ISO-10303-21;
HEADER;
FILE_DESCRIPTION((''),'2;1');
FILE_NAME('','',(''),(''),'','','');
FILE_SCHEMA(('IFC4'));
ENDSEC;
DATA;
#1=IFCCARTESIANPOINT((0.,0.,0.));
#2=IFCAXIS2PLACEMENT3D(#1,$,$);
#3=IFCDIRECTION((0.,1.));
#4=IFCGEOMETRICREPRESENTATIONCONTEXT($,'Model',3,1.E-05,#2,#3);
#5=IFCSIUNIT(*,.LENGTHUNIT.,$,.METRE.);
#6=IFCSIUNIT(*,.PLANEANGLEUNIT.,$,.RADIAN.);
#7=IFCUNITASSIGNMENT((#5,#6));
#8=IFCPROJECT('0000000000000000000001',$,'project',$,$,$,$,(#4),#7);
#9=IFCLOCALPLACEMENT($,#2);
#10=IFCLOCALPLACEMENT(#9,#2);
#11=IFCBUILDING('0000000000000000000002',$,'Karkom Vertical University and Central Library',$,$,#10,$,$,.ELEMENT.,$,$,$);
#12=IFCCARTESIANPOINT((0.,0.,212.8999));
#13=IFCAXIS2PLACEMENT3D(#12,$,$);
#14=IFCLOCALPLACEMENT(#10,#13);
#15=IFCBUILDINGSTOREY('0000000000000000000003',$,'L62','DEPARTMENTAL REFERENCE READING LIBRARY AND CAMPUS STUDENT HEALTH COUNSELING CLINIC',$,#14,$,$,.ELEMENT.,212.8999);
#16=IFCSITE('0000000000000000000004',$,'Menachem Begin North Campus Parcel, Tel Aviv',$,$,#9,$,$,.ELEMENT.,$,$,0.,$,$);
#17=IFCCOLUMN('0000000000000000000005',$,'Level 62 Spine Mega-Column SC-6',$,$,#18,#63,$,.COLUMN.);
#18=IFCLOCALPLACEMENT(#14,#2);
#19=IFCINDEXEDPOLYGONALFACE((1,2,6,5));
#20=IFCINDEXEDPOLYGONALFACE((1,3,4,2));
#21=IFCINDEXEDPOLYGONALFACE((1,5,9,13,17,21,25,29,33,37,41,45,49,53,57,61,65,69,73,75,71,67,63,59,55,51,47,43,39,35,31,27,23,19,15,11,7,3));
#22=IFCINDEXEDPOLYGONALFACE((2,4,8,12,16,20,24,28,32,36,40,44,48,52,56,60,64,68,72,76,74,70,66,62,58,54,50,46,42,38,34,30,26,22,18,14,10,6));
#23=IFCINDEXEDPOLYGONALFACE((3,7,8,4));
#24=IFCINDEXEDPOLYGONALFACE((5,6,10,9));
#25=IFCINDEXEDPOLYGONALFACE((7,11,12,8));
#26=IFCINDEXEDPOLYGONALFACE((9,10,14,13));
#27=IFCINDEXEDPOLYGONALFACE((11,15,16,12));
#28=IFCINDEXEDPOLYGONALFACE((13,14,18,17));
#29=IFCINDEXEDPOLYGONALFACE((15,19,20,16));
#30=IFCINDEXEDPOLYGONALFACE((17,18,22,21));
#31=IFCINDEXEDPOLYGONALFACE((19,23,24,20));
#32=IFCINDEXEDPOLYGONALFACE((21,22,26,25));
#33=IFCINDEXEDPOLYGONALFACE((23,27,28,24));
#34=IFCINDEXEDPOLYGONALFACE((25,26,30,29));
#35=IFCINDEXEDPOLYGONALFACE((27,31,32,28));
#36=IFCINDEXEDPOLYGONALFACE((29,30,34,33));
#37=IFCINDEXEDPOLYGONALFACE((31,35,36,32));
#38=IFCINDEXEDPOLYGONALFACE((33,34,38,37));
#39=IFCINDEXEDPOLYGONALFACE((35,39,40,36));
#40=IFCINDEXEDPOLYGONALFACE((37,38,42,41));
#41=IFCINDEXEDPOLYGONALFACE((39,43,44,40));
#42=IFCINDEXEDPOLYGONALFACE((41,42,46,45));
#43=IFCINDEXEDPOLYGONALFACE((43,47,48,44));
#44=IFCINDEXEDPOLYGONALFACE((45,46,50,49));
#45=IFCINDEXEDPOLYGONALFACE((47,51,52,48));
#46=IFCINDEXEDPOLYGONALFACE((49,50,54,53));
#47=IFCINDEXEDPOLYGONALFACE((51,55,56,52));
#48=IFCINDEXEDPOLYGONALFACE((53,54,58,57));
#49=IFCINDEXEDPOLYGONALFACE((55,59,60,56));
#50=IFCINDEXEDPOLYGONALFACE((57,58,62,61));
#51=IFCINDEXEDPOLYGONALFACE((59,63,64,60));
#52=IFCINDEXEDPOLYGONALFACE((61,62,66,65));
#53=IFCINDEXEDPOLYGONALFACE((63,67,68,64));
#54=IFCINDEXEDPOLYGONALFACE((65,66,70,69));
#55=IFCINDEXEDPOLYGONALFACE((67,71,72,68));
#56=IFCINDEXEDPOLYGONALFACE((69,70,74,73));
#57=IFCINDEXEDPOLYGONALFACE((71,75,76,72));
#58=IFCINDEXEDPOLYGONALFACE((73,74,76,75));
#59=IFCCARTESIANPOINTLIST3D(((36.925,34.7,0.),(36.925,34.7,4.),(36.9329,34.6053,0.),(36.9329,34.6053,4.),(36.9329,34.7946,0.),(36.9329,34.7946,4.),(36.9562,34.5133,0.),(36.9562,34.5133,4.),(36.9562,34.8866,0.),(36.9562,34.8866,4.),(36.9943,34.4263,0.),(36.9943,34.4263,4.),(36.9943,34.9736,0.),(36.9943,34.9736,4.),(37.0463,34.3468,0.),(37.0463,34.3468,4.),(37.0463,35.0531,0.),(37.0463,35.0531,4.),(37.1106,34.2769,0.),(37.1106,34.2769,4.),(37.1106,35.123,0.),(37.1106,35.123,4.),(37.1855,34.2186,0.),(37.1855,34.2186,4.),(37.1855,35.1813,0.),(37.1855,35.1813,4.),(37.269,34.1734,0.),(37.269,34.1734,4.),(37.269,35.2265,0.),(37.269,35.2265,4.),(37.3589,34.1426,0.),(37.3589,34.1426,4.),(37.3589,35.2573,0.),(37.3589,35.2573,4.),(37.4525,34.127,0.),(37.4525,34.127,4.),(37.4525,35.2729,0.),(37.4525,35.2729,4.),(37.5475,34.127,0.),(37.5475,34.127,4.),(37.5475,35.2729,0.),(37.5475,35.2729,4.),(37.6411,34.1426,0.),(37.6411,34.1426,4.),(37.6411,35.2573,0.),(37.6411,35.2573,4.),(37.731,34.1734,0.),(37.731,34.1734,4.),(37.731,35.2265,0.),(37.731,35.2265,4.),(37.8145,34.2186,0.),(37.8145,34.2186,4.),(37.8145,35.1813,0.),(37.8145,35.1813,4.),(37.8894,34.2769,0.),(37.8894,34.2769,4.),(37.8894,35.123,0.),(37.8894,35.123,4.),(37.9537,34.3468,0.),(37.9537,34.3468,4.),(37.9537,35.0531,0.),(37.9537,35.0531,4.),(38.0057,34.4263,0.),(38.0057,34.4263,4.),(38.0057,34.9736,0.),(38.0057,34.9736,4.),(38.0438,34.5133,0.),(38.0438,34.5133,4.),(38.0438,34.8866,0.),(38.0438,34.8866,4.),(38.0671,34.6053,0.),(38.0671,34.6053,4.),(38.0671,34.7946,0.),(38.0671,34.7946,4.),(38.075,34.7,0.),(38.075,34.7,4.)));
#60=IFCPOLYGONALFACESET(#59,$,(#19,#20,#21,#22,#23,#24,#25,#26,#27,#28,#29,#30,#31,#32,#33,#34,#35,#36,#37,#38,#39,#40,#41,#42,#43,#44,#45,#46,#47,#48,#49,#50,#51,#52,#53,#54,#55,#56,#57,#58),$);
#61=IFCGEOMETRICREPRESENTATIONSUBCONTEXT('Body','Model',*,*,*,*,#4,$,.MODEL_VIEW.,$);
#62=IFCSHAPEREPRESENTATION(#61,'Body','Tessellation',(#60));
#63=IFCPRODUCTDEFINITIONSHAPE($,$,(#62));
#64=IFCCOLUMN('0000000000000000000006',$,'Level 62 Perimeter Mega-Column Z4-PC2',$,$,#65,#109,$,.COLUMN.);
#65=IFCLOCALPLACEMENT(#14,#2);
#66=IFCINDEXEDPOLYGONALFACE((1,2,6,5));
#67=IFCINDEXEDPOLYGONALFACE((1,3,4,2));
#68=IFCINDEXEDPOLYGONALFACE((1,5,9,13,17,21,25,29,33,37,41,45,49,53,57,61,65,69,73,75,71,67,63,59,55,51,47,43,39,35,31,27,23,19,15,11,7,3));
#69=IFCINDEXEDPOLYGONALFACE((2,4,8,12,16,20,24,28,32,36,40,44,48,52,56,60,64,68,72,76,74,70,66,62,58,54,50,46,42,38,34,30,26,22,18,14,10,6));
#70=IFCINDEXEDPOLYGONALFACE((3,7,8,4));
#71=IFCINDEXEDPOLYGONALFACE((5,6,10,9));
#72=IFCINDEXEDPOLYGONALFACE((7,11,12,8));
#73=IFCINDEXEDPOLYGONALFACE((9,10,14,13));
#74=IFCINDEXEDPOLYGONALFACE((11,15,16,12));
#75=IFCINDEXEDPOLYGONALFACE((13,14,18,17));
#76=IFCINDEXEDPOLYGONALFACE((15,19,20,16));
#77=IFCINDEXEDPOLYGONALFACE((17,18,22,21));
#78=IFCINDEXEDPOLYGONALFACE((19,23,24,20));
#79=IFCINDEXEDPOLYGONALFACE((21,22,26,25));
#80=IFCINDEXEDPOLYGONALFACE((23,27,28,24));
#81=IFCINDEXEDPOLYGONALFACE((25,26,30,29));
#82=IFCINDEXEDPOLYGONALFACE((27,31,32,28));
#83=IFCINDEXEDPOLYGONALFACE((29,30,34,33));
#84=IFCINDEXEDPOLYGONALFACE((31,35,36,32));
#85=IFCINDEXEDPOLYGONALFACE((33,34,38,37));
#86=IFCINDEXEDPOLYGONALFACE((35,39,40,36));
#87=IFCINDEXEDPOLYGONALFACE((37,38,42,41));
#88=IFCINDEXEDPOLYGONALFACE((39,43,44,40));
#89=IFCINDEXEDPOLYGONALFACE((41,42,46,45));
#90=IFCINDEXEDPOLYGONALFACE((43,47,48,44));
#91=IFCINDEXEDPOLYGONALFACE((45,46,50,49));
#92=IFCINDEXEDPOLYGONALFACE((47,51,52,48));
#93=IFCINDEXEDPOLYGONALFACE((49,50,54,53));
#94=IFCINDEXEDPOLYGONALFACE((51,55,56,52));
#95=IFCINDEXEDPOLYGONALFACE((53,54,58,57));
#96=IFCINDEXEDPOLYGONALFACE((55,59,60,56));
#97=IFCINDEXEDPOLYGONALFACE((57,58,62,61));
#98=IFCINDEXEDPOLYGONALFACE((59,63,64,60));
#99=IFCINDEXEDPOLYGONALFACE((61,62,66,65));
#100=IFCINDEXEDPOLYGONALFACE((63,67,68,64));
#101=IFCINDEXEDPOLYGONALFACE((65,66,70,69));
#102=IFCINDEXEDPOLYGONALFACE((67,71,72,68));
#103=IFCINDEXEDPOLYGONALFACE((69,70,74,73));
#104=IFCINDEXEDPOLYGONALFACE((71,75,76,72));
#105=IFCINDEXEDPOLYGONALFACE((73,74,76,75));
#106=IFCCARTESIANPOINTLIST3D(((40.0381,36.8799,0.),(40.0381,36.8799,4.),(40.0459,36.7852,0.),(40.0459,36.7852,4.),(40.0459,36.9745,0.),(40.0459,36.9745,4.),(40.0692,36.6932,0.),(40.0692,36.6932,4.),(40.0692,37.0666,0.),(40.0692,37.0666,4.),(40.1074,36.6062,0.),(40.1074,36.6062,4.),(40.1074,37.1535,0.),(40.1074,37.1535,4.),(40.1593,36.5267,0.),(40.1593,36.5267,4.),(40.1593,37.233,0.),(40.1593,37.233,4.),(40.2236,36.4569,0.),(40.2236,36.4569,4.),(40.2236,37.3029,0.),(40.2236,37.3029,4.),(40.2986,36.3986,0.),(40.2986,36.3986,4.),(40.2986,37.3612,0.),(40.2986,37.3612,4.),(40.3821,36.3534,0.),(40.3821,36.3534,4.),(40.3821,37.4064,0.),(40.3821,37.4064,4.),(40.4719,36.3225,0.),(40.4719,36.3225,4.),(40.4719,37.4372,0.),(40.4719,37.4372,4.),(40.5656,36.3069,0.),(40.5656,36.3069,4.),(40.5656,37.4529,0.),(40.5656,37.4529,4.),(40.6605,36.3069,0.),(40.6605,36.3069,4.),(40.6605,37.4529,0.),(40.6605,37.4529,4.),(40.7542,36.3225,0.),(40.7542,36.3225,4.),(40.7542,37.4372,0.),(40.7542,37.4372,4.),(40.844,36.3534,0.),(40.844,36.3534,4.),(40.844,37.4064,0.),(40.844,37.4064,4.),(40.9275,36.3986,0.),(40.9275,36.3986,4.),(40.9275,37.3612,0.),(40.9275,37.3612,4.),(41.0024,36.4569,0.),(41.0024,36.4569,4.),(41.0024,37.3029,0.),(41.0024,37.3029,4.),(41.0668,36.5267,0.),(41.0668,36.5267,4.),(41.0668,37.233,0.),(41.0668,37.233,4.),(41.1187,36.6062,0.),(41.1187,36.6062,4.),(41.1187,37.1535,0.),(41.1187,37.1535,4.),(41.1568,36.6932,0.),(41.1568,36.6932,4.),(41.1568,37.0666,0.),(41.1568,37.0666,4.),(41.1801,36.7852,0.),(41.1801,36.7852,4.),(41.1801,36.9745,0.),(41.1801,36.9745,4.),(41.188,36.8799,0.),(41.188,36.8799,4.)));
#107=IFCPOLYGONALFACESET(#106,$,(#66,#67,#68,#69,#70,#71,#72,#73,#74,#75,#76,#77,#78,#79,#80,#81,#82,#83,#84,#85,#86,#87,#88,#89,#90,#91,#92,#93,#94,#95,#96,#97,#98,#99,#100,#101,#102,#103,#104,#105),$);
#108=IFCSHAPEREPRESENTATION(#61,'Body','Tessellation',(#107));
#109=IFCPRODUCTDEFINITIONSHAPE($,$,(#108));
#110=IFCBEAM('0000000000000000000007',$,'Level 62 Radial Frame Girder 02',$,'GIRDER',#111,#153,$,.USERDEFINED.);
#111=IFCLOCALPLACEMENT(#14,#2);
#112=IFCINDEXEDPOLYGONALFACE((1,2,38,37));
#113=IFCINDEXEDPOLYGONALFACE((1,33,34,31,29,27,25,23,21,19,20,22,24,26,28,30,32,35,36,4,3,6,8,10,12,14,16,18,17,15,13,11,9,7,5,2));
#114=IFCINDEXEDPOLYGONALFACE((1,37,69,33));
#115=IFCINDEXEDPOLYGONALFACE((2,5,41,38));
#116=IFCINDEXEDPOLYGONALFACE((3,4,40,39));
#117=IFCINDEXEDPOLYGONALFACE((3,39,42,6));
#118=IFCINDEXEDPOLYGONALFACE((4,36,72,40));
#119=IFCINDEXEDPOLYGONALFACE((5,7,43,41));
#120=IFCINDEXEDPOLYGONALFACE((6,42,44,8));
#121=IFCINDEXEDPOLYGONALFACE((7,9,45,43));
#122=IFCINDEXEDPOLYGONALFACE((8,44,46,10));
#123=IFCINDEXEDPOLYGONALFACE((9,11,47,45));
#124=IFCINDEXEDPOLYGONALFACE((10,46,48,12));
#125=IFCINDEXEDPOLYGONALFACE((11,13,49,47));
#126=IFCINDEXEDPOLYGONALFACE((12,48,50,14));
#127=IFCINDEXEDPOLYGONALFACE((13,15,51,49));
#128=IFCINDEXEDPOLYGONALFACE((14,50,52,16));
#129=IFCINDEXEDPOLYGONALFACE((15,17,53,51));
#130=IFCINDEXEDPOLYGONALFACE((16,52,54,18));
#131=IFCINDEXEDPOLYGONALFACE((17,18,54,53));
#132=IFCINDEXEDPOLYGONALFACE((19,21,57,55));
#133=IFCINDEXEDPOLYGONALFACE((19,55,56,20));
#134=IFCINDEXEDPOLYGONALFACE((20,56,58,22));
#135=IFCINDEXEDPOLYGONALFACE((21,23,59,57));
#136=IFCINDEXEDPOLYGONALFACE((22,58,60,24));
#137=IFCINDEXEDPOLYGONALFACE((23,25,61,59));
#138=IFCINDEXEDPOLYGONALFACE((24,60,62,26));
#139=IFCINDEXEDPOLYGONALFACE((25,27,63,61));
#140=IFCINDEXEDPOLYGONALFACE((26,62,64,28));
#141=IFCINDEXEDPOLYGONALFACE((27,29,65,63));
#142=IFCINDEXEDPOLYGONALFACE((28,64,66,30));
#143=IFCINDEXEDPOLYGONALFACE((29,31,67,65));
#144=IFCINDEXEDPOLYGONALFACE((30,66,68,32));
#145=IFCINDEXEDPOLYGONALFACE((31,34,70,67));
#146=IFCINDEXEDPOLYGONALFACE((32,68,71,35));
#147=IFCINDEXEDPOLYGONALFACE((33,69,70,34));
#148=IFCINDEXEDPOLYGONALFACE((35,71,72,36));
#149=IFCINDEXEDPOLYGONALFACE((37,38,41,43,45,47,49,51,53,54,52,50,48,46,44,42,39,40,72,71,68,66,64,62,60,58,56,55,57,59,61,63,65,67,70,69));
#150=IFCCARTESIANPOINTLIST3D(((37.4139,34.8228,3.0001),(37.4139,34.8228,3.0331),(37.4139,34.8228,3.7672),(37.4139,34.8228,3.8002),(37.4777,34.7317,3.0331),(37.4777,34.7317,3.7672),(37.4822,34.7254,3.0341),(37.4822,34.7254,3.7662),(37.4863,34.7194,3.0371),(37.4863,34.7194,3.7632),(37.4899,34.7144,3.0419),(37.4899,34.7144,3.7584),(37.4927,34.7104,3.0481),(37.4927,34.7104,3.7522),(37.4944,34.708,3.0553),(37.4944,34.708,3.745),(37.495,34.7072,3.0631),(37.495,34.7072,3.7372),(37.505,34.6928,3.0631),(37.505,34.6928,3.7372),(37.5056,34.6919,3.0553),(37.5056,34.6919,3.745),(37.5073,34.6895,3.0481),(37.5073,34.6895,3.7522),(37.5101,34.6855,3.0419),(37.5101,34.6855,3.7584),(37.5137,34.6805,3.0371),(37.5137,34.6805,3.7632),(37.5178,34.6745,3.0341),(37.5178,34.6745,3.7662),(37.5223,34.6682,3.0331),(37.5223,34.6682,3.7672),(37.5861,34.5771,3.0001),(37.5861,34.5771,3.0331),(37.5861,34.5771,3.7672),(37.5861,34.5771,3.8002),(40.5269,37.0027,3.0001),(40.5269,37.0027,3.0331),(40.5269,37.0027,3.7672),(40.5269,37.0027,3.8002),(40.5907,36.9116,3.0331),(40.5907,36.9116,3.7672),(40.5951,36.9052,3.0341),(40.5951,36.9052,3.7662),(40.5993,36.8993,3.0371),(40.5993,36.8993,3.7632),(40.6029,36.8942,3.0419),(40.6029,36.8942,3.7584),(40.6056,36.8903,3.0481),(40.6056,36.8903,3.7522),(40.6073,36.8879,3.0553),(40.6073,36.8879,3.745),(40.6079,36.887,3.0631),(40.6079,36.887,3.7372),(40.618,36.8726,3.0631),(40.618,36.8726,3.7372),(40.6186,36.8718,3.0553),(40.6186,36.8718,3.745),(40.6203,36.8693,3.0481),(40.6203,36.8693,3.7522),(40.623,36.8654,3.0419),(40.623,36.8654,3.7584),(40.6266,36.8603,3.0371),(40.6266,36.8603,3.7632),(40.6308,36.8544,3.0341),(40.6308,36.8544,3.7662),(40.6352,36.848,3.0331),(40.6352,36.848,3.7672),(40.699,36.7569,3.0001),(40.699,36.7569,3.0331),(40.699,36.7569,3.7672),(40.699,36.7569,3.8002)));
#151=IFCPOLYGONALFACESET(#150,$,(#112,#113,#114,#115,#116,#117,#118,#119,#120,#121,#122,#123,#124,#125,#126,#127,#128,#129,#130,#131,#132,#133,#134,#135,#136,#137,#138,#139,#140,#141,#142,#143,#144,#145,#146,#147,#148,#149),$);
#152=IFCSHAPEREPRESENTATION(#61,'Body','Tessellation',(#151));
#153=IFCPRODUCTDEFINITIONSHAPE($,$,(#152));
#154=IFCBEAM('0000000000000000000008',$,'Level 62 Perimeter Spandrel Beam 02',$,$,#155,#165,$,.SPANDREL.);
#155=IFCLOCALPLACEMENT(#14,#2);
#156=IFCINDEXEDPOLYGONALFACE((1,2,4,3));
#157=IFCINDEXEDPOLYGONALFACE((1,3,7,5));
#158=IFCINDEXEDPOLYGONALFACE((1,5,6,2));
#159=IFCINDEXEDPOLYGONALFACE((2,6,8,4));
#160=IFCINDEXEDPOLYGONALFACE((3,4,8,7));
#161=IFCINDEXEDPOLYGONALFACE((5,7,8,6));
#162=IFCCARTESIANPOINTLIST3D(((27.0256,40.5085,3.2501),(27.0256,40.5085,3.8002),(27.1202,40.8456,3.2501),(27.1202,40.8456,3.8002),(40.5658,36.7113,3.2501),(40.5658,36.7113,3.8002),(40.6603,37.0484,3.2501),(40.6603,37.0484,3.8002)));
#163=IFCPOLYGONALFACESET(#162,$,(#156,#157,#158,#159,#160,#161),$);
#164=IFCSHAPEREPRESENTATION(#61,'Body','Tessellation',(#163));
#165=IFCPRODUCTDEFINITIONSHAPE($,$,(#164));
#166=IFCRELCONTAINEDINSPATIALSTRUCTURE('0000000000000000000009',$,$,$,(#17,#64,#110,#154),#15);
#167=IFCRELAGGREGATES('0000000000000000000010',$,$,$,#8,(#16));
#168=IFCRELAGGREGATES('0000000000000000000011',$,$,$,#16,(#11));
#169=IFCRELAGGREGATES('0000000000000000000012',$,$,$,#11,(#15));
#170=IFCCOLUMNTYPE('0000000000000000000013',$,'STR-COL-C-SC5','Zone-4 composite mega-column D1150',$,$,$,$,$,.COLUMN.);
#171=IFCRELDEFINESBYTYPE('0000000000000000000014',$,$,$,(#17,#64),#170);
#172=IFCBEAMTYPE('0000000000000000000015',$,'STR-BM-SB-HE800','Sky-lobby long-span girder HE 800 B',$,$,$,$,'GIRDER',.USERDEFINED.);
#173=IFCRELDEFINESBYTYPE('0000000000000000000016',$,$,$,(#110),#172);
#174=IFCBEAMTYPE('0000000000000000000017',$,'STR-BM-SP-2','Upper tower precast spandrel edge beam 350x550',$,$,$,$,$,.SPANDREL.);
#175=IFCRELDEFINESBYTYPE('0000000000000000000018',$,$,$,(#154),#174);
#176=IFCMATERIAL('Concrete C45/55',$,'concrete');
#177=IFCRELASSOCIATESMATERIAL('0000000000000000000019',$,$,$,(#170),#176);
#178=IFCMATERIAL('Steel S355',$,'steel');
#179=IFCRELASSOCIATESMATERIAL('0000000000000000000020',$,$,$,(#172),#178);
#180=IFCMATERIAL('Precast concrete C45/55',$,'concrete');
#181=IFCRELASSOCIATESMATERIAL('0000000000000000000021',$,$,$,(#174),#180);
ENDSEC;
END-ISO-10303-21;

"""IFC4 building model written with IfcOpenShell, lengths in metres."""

from ifc_helpers import new_model, si_unit, direction, frame, origin, origin_with_axes, origin_2d, place, context, subcontext, project, spatial, rectangle, circle, i_section, extrude, source, transform, mapped, material, material_profile, profile_set, type_object, element, save


model = new_model("IFC4")

# Units and contexts
model_context = context("Model", 3, precision=1e-05, world=origin(), true_north=direction((0.0, 1.0)))
body_context = subcontext(model_context, "Body", "Model", "MODEL_VIEW")
ifc_project = project(units=[si_unit("LENGTHUNIT", "METRE"), si_unit("PLANEANGLEUNIT", "RADIAN")], contexts=[model_context])

# Site, building, storey
site_placement = place(None, origin())
site = spatial("IfcSite", under=ifc_project, at=site_placement, Name="Menachem Begin North Campus Parcel, Tel Aviv", CompositionType="ELEMENT", RefElevation=0.0)
building_placement = place(site_placement, origin())
building = spatial("IfcBuilding", under=site, at=building_placement, Name="Karkom Vertical University and Central Library", CompositionType="ELEMENT")
storey_placement = place(building_placement, frame((0.0, 0.0, 212.8999)))
storey = spatial("IfcBuildingStorey", under=building, at=storey_placement, Name="L62", Description="DEPARTMENTAL REFERENCE READING LIBRARY AND CAMPUS STUDENT HEALTH COUNSELING CLINIC", CompositionType="ELEMENT", Elevation=212.8999)

# Columns
ifc_material_1 = material(Name="Concrete C45/55", Category="concrete")
ifc_material_profile_1 = material_profile(ifc_material_1, circle(Radius=0.575, at=origin_2d()), Name="CFT-D1150")
ifc_profile_set_1 = profile_set([ifc_material_profile_1], Name="Concrete C45/55")
column_type = type_object("IfcColumnType", Name="STR-COL-C-SC5", Description="Zone-4 composite mega-column D1150", PredefinedType="COLUMN", material=ifc_profile_set_1)
shared_shape_1 = source(origin_with_axes(), body_context, "Body", "SweptSolid", [
    extrude(circle(Radius=0.575, at=origin_2d()), origin(), (0.0, 0.0, 1.0), 4.0),
])
for number, where, z_axis, x_axis, name in (
    (1, (37.5, 34.7, 0.0), (0.0, 0.0, 1.0), (1.0, 0.0, 0.0), "Level 62 Spine Mega-Column SC-6"),
    (2, (40.613, 36.8799, 0.0), (0.0, 0.0, 1.0), (1.0, 0.0, 0.0), "Level 62 Perimeter Mega-Column Z4-PC2"),
):
    element("IfcColumn", number, at=place(storey_placement, frame(where, z_axis=z_axis, x_axis=x_axis)), inside=storey, type_object=column_type, Name=name, PredefinedType="COLUMN", context=body_context, shape_type="MappedRepresentation", body=[
        mapped(shared_shape_1, transform((0.0, 0.0, 0.0), scale=1.0)),
    ])

# Beams
ifc_material_2 = material(Name="Steel S355", Category="steel")
ifc_material_profile_2 = material_profile(ifc_material_2, i_section(OverallWidth=0.3, OverallDepth=0.8, WebThickness=0.0176, FlangeThickness=0.033, FilletRadius=0.03, at=origin_2d()), Name="HE 800 B")
ifc_profile_set_2 = profile_set([ifc_material_profile_2], Name="Steel S355")
beam_type_1 = type_object("IfcBeamType", Name="STR-BM-SB-HE800", Description="Sky-lobby long-span girder HE 800 B", ElementType="GIRDER", PredefinedType="USERDEFINED", material=ifc_profile_set_2)
shared_shape_2 = source(origin_with_axes(), body_context, "Body", "SweptSolid", [
    extrude(i_section(OverallWidth=0.3, OverallDepth=0.8, WebThickness=0.0176, FlangeThickness=0.033, FilletRadius=0.03, at=origin_2d()), origin(), (0.0, 0.0, 1.0), 3.8003),
])
beam_1_placement = place(storey_placement, frame((37.5, 34.7, 3.4001), z_axis=(0.819132, 0.573605, 0.0), x_axis=(-0.573605, 0.819132, 0.0)))
element("IfcBeam", 3, at=beam_1_placement, inside=storey, type_object=beam_type_1, Name="Level 62 Radial Frame Girder 02", ObjectType="GIRDER", PredefinedType="USERDEFINED", context=body_context, shape_type="MappedRepresentation", body=[
    mapped(shared_shape_2, transform((0.0, 0.0, 0.0), scale=1.0)),
])
ifc_material_3 = material(Name="Precast concrete C45/55", Category="concrete")
ifc_material_profile_3 = material_profile(ifc_material_3, rectangle(XDim=0.3501, YDim=0.55, at=origin_2d()), Name="SPB-350x550")
ifc_profile_set_3 = profile_set([ifc_material_profile_3], Name="Precast concrete C45/55")
beam_type_2 = type_object("IfcBeamType", Name="STR-BM-SP-2", Description="Upper tower precast spandrel edge beam 350x550", PredefinedType="SPANDREL", material=ifc_profile_set_3)
shared_shape_3 = source(origin_with_axes(), body_context, "Body", "SweptSolid", [
    extrude(rectangle(XDim=0.3501, YDim=0.55, at=origin_2d()), origin(), (0.0, 0.0, 1.0), 14.0625),
])
beam_2_placement = place(storey_placement, frame((40.613, 36.8799, 3.5251), z_axis=(-0.962855, 0.27002, 0.0), x_axis=(-0.27002, -0.962855, 0.0)))
element("IfcBeam", 4, at=beam_2_placement, inside=storey, type_object=beam_type_2, Name="Level 62 Perimeter Spandrel Beam 02", PredefinedType="SPANDREL", context=body_context, shape_type="MappedRepresentation", body=[
    mapped(shared_shape_3, transform((0.0, 0.0, 0.0), scale=1.0)),
])

save(model, "model.ifc")
